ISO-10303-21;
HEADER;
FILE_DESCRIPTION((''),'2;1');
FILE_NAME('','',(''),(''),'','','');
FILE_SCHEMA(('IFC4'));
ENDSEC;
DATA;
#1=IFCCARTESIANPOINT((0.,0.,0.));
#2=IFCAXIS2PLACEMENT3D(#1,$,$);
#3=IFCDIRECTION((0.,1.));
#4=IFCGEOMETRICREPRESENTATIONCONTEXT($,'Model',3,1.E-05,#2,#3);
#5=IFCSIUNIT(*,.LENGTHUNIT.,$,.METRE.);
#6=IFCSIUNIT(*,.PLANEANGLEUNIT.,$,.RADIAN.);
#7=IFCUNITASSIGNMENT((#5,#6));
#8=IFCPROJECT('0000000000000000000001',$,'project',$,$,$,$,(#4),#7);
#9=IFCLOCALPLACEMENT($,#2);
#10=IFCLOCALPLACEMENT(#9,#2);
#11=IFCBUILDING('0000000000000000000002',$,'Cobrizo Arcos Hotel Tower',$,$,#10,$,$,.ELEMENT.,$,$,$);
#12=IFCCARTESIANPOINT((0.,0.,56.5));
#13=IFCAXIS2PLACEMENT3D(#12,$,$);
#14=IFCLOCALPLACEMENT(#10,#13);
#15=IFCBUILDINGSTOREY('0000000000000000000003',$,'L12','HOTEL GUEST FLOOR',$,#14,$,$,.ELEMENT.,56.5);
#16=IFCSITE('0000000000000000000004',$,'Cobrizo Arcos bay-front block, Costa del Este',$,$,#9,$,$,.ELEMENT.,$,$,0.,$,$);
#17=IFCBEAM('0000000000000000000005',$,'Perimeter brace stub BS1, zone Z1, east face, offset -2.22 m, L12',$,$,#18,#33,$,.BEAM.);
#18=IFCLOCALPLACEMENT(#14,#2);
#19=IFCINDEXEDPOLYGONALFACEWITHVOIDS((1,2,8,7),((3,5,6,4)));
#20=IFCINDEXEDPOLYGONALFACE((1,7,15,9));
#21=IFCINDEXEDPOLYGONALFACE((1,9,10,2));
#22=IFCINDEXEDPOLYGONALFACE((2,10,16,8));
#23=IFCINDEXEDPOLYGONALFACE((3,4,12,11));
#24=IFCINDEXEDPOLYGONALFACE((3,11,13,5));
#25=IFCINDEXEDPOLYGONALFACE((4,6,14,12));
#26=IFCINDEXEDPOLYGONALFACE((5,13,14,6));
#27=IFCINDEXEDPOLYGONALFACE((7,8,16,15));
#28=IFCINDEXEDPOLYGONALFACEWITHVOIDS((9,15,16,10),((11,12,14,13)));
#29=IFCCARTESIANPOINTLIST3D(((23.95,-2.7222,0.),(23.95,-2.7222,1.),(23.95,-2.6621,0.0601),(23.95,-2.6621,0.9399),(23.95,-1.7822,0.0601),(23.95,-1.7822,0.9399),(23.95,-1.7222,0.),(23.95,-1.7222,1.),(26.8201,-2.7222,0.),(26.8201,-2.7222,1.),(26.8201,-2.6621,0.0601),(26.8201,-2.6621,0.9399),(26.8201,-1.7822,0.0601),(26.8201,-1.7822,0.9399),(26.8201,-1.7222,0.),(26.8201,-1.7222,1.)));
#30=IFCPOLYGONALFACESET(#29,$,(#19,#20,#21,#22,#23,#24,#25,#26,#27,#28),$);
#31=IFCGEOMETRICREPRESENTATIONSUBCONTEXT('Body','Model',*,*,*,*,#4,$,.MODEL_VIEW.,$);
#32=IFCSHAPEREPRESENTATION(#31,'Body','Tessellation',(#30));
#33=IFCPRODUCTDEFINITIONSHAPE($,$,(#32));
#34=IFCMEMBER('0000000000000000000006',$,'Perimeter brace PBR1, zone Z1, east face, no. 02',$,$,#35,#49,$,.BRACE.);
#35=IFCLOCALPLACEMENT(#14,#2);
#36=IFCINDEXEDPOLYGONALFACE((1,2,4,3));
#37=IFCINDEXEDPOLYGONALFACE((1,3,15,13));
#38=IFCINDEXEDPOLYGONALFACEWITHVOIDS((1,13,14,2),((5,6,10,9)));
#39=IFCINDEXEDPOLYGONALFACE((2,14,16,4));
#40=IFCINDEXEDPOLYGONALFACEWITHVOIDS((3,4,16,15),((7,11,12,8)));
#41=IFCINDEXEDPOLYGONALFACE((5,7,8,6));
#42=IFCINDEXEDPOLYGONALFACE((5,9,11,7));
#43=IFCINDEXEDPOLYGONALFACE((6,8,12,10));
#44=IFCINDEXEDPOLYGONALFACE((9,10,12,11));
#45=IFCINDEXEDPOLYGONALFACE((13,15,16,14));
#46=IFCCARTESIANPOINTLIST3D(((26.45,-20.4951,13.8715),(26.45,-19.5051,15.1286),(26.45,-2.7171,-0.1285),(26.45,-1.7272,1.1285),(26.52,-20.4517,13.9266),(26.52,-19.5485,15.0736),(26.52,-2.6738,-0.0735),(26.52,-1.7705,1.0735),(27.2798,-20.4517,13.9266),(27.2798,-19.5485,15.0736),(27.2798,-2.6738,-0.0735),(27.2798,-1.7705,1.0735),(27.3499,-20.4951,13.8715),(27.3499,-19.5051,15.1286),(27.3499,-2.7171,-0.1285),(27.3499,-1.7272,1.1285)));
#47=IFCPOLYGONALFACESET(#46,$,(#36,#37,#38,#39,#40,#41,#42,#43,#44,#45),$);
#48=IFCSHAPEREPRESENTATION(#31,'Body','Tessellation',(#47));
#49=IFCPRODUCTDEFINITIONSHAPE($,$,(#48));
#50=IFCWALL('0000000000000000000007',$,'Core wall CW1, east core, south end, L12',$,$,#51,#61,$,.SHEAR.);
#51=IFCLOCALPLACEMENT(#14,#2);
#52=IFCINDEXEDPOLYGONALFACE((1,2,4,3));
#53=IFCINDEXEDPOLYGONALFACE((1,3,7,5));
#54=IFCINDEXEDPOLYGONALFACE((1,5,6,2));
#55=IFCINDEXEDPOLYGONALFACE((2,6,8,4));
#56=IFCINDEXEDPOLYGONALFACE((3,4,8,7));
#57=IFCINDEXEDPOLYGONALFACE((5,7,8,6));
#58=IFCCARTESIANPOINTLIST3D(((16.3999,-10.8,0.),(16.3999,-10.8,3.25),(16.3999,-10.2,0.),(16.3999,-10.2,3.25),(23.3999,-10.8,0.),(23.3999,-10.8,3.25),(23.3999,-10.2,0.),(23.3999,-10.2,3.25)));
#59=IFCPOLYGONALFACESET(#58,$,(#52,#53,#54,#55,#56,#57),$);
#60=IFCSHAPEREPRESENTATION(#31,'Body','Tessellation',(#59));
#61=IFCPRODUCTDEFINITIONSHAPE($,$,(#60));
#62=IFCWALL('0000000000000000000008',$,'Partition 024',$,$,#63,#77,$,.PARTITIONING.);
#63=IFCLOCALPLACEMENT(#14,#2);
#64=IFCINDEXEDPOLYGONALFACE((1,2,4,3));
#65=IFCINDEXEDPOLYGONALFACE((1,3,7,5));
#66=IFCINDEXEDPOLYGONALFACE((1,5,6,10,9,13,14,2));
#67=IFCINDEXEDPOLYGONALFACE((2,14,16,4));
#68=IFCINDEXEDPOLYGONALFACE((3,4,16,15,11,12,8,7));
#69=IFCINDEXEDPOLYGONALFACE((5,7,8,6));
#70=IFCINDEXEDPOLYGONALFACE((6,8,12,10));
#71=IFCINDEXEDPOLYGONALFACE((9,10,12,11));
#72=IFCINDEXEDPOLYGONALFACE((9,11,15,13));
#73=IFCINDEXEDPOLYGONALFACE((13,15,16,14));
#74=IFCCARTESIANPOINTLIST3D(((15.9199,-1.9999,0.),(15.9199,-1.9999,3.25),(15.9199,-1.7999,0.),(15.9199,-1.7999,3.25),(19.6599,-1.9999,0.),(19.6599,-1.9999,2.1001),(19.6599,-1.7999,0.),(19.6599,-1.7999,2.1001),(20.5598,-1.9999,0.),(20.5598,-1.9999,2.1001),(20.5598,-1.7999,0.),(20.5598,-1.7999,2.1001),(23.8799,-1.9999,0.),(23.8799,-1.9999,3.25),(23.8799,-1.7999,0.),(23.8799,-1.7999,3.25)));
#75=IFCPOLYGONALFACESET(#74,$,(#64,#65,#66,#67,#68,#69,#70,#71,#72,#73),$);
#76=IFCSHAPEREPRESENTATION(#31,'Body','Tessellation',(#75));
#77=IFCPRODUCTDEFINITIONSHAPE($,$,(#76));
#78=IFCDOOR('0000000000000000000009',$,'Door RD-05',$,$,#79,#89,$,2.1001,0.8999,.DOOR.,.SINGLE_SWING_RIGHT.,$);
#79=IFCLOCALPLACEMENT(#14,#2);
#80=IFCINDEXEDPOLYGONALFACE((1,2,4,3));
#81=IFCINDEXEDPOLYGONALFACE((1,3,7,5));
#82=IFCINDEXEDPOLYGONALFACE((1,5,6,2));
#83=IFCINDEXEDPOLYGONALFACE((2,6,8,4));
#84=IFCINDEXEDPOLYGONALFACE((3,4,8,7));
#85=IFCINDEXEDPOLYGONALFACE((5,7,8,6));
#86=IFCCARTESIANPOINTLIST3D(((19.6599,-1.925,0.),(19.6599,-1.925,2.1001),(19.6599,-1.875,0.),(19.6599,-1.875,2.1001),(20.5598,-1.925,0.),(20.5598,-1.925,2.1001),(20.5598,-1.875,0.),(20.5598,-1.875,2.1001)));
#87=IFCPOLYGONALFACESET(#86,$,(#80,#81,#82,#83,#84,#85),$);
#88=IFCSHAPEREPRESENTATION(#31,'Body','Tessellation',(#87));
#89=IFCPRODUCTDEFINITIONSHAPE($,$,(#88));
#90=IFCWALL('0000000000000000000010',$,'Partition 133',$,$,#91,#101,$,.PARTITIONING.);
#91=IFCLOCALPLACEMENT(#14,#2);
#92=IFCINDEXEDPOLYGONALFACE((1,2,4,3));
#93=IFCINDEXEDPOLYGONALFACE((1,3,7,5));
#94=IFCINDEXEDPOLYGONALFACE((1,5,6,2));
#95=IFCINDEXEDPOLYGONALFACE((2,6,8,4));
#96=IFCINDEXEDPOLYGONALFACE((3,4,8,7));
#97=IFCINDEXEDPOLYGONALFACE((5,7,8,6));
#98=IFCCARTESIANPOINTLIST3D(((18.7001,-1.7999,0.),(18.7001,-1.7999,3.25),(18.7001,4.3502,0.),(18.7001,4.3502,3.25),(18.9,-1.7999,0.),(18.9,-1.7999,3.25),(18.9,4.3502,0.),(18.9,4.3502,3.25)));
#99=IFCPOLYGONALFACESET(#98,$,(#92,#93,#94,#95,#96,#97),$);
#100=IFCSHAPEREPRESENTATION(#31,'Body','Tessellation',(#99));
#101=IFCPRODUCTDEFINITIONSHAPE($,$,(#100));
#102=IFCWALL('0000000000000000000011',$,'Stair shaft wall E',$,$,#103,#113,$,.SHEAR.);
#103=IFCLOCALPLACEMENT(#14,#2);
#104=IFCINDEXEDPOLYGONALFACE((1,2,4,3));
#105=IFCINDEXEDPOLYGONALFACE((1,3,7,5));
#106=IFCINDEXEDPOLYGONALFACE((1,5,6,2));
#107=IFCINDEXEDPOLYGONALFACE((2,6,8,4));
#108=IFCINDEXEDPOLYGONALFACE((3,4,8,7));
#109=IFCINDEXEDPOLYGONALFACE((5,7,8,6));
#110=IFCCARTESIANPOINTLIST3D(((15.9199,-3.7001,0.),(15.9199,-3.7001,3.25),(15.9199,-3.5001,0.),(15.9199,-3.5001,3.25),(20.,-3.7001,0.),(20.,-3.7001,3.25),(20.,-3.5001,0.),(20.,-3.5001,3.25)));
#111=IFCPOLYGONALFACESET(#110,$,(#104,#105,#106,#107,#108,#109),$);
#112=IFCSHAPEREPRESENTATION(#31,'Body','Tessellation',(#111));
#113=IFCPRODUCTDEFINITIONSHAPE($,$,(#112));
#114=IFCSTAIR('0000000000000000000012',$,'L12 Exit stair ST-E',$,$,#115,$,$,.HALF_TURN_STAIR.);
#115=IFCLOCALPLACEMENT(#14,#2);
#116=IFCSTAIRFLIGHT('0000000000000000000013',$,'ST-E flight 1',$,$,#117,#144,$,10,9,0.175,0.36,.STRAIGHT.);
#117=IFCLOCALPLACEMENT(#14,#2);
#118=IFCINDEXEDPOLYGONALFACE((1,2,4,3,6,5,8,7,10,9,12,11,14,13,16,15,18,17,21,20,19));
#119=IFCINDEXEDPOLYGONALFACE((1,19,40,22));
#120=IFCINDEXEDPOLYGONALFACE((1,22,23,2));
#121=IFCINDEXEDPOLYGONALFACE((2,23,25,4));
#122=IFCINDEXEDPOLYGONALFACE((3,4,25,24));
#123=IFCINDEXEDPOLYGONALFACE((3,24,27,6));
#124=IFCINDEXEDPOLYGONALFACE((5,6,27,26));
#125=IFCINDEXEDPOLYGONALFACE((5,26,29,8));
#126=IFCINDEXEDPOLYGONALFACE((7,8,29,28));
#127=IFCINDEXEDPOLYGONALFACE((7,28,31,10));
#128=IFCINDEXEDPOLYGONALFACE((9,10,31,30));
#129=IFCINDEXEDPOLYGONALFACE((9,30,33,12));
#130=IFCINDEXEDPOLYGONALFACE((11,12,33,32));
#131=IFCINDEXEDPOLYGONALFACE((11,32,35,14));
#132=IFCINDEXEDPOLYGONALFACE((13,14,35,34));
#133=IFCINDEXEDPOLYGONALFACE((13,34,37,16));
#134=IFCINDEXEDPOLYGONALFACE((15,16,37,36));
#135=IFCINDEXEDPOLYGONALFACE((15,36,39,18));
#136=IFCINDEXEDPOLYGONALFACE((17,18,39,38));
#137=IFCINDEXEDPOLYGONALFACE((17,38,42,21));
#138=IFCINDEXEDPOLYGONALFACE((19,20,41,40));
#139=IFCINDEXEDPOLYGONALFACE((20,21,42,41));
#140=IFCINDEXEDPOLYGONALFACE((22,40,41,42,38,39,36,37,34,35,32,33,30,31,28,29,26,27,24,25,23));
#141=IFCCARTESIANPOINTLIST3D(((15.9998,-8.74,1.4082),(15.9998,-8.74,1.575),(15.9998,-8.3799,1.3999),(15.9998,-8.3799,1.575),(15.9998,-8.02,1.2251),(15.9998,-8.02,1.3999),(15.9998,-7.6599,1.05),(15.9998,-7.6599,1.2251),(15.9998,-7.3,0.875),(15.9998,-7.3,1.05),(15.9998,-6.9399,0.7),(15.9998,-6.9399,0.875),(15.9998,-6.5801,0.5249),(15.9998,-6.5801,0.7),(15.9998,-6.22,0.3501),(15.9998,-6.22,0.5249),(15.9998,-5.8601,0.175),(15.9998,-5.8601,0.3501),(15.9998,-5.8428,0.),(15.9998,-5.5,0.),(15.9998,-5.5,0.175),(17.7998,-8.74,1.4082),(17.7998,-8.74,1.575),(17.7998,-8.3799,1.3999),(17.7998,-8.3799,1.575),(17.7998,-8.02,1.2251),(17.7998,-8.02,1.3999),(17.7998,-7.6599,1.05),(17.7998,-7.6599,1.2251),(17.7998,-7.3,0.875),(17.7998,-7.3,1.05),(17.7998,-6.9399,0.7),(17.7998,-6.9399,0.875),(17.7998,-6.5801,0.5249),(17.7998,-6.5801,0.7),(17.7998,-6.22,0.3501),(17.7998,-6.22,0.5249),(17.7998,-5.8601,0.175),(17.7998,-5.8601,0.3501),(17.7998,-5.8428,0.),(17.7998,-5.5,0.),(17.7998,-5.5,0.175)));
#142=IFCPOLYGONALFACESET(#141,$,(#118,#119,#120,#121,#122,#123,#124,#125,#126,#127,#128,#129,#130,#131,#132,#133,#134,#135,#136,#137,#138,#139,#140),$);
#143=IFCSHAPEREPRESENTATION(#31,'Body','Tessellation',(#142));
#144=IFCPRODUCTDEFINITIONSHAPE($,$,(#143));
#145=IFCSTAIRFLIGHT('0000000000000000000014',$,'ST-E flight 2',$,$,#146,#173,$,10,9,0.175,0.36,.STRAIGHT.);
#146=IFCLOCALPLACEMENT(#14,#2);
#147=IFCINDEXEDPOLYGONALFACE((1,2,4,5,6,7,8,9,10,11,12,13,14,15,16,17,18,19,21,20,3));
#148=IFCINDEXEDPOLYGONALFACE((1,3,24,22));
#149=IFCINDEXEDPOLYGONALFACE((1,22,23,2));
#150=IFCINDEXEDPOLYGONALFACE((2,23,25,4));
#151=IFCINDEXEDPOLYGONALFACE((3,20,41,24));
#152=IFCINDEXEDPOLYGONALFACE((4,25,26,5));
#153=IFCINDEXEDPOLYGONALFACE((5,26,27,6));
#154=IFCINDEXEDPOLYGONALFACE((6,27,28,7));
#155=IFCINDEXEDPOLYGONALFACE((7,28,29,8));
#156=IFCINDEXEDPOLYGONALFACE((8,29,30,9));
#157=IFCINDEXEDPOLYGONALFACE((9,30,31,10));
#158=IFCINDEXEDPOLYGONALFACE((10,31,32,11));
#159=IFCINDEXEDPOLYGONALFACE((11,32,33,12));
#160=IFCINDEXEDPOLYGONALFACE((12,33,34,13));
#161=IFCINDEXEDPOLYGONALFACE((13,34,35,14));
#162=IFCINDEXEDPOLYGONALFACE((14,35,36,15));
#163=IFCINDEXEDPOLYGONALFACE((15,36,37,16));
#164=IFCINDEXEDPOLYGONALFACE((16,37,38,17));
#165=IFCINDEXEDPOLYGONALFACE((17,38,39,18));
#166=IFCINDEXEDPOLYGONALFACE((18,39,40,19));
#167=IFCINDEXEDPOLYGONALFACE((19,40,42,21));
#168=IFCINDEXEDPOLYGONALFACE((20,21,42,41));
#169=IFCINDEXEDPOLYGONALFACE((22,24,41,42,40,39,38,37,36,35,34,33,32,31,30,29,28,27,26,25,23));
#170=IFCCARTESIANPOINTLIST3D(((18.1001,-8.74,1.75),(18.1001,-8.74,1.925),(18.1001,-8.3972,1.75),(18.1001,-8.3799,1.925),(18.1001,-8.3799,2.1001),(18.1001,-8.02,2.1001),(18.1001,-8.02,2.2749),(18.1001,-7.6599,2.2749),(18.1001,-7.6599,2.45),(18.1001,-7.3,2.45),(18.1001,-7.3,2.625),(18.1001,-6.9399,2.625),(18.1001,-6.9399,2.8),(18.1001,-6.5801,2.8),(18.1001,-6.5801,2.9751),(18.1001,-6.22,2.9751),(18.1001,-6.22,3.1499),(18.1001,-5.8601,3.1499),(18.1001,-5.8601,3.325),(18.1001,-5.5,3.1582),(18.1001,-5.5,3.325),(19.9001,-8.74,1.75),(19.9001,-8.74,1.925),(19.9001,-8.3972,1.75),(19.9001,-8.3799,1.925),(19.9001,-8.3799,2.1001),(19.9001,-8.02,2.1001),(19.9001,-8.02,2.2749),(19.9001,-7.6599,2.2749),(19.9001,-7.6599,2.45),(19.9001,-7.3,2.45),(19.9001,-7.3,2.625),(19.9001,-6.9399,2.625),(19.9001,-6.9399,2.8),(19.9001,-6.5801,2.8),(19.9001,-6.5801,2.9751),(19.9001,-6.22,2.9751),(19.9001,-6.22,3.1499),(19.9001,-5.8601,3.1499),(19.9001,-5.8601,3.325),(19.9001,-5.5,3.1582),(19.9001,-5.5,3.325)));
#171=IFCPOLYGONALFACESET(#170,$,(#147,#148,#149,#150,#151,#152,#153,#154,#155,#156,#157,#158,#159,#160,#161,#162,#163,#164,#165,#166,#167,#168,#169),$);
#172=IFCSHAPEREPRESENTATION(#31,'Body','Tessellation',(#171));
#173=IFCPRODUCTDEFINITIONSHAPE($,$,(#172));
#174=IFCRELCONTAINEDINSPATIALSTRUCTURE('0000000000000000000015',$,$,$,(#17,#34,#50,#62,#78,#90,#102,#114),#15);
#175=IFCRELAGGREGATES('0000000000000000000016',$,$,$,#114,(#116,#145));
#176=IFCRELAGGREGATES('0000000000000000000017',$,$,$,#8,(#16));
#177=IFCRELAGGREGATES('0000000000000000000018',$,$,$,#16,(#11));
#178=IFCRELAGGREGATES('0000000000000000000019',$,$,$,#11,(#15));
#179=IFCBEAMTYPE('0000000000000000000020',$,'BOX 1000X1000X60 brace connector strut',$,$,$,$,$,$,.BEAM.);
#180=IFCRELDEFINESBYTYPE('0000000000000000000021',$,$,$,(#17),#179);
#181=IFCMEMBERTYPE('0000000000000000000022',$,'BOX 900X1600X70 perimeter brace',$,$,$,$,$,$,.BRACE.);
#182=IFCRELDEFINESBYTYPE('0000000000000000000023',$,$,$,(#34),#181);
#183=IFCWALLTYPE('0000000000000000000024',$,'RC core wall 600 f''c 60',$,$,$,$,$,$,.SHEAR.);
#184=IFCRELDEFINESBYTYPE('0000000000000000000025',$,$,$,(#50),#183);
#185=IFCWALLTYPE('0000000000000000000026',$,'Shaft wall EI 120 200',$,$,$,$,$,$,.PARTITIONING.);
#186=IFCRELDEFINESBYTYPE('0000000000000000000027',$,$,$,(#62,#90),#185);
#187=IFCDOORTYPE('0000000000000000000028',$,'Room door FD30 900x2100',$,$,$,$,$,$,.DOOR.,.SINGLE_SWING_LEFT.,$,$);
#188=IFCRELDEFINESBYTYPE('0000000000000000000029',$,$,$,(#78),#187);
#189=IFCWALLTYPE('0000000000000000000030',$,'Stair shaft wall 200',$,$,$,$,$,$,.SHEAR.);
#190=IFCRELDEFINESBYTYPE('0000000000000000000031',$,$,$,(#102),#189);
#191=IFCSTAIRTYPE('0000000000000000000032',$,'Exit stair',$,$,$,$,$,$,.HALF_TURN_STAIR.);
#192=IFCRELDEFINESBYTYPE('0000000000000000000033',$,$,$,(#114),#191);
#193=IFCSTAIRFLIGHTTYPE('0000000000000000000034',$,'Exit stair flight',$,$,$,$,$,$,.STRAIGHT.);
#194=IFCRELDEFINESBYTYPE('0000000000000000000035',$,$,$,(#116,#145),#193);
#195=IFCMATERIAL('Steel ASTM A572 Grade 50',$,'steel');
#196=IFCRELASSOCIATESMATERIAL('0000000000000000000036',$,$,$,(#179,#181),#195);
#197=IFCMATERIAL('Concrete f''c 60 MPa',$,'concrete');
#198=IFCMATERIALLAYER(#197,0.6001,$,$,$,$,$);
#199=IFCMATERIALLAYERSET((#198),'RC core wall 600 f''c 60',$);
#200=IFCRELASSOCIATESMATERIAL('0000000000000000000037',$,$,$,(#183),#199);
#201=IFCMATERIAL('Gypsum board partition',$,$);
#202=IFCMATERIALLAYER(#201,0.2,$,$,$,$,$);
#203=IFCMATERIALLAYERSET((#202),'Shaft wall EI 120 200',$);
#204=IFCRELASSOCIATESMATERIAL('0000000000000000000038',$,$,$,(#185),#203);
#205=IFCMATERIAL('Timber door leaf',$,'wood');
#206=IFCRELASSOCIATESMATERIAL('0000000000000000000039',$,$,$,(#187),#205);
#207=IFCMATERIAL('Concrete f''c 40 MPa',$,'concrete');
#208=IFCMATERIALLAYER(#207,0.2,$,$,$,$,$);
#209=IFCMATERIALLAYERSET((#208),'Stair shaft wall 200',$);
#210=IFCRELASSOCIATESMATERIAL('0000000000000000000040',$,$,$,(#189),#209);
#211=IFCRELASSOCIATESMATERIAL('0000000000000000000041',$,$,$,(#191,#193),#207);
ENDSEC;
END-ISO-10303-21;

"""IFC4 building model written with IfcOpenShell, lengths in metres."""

from ifc_helpers import new_model, si_unit, direction, frame, frame_2d, origin, origin_2d, place, context, subcontext, project, spatial, polyline, rectangle, hollow_rectangle, outline, extrude, material, layer, layer_set, material_profile, profile_set, type_object, element, fill, aggregate, save


model = new_model("IFC4")

# Units and contexts
model_context = context("Model", 3, precision=1e-05, world=origin(), true_north=direction((0.0, 1.0)))
body_context = subcontext(model_context, "Body", "Model", "MODEL_VIEW")
ifc_project = project(units=[si_unit("LENGTHUNIT", "METRE"), si_unit("PLANEANGLEUNIT", "RADIAN")], contexts=[model_context])

# Site, building, storey
site_placement = place(None, origin())
site = spatial("IfcSite", under=ifc_project, at=site_placement, Name="Cobrizo Arcos bay-front block, Costa del Este", CompositionType="ELEMENT", RefElevation=0.0)
building_placement = place(site_placement, origin())
building = spatial("IfcBuilding", under=site, at=building_placement, Name="Cobrizo Arcos Hotel Tower", CompositionType="ELEMENT")
storey_placement = place(building_placement, frame((0.0, 0.0, 56.5)))
storey = spatial("IfcBuildingStorey", under=building, at=storey_placement, Name="L12", Description="HOTEL GUEST FLOOR", CompositionType="ELEMENT", Elevation=56.5)

# Beam
ifc_material_1 = material(Name="Steel ASTM A572 Grade 50", Category="steel")
ifc_material_profile_1 = material_profile(ifc_material_1, hollow_rectangle(XDim=1.0, YDim=1.0, WallThickness=0.0601, at=origin_2d()), Name="BOX 1000X1000X60")
ifc_profile_set_1 = profile_set([ifc_material_profile_1], Name="Steel ASTM A572 Grade 50")
beam_type = type_object("IfcBeamType", Name="BOX 1000X1000X60 brace connector strut", PredefinedType="BEAM", material=ifc_profile_set_1)
beam_placement = place(storey_placement, frame((23.95, -2.2222, 0.5), z_axis=(1.0, 0.0, 0.0), x_axis=(0.0, 1.0, 0.0)))
element("IfcBeam", 1, at=beam_placement, inside=storey, type_object=beam_type, Name="Perimeter brace stub BS1, zone Z1, east face, offset -2.22 m, L12", PredefinedType="BEAM", context=body_context, shape_type="SweptSolid", body=[
    extrude(hollow_rectangle(XDim=1.0, YDim=1.0, WallThickness=0.0601, at=origin_2d()), origin(), (0.0, 0.0, 1.0), 2.8701),
])

# Member
ifc_material_profile_2 = material_profile(ifc_material_1, hollow_rectangle(XDim=0.8999, YDim=1.6001, WallThickness=0.0701, at=origin_2d()), Name="BOX 900X1600X70")
ifc_profile_set_2 = profile_set([ifc_material_profile_2], Name="Steel ASTM A572 Grade 50")
member_type = type_object("IfcMemberType", Name="BOX 900X1600X70 perimeter brace", PredefinedType="BRACE", material=ifc_profile_set_2)
member_placement = place(storey_placement, frame((26.8999, -2.2222, 0.5), z_axis=(0.0, -0.785637, 0.618687), x_axis=(1.0, 0.0, 0.0)))
element("IfcMember", 2, at=member_placement, inside=storey, type_object=member_type, Name="Perimeter brace PBR1, zone Z1, east face, no. 02", PredefinedType="BRACE", context=body_context, shape_type="SweptSolid", body=[
    extrude(hollow_rectangle(XDim=0.8999, YDim=1.6001, WallThickness=0.0701, at=origin_2d()), origin(), (0.0, 0.0, 1.0), 22.6287),
])

# Wall
ifc_material_2 = material(Name="Concrete f'c 60 MPa", Category="concrete")
ifc_layer_1 = layer(ifc_material_2, 0.6001)
ifc_layer_set_1 = layer_set([ifc_layer_1], Name="RC core wall 600 f'c 60")
wall_type_1 = type_object("IfcWallType", Name="RC core wall 600 f'c 60", PredefinedType="SHEAR", material=ifc_layer_set_1)
wall_1_placement = place(storey_placement, frame((16.3999, -10.5, 0.0), z_axis=(0.0, 0.0, 1.0), x_axis=(1.0, 0.0, 0.0)))
element("IfcWall", 3, at=wall_1_placement, inside=storey, type_object=wall_type_1, Name="Core wall CW1, east core, south end, L12", PredefinedType="SHEAR", context=body_context, shape_type="SweptSolid", body=[
    extrude(rectangle(XDim=7.0, YDim=0.6001, at=frame_2d((3.5, 0.0))), origin(), (0.0, 0.0, 1.0), 3.25),
])

# Wall, opening, door
ifc_material_3 = material(Name="Gypsum board partition")
ifc_layer_2 = layer(ifc_material_3, 0.2)
ifc_layer_set_2 = layer_set([ifc_layer_2], Name="Shaft wall EI 120 200")
wall_type_2 = type_object("IfcWallType", Name="Shaft wall EI 120 200", PredefinedType="PARTITIONING", material=ifc_layer_set_2)
wall_2_placement = place(storey_placement, frame((15.9199, -1.8999, 0.0), z_axis=(0.0, 0.0, 1.0), x_axis=(1.0, 0.0, 0.0)))
wall_2 = element("IfcWall", 4, at=wall_2_placement, inside=storey, type_object=wall_type_2, Name="Partition 024", PredefinedType="PARTITIONING", context=body_context, shape_type="SweptSolid", body=[
    extrude(rectangle(XDim=7.96, YDim=0.2, at=frame_2d((3.98, 0.0))), origin(), (0.0, 0.0, 1.0), 3.25),
])
opening_placement = place(wall_2_placement, frame((3.74, 0.0, 0.0)))
opening = element("IfcOpeningElement", 5, at=opening_placement, cuts=wall_2, PredefinedType="OPENING", context=body_context, shape_type="SweptSolid", body=[
    extrude(rectangle(XDim=0.8999, YDim=2.1001, at=frame_2d((0.45, 1.05))), frame((0.0, 0.1121, 0.0), z_axis=(0.0, -1.0, 0.0), x_axis=(1.0, 0.0, 0.0)), (0.0, 0.0, 1.0), 0.2239),
])
ifc_material_4 = material(Name="Timber door leaf", Category="wood")
door_type = type_object("IfcDoorType", Name="Room door FD30 900x2100", OperationType="SINGLE_SWING_LEFT", PredefinedType="DOOR", material=ifc_material_4)
door_placement = place(opening_placement, origin())
door = element("IfcDoor", 6, at=door_placement, inside=storey, type_object=door_type, Name="Door RD-05", OperationType="SINGLE_SWING_RIGHT", OverallHeight=2.1001, OverallWidth=0.8999, PredefinedType="DOOR", context=body_context, shape_type="SweptSolid", body=[
    extrude(rectangle(XDim=0.8999, YDim=2.1001, at=frame_2d((0.45, 1.05))), frame((0.0, 0.0249, 0.0), z_axis=(0.0, -1.0, 0.0), x_axis=(1.0, 0.0, 0.0)), (0.0, 0.0, 1.0), 0.05),
])
fill(opening, door)

# Walls
wall_3_placement = place(storey_placement, frame((18.8, -1.8, 0.0), z_axis=(0.0, 0.0, 1.0), x_axis=(0.0, 1.0, 0.0)))
element("IfcWall", 7, at=wall_3_placement, inside=storey, type_object=wall_type_2, Name="Partition 133", PredefinedType="PARTITIONING", context=body_context, shape_type="SweptSolid", body=[
    extrude(rectangle(XDim=6.1501, YDim=0.2, at=frame_2d((3.0752, 0.0))), origin(), (0.0, 0.0, 1.0), 3.25),
])
ifc_material_5 = material(Name="Concrete f'c 40 MPa", Category="concrete")
ifc_layer_3 = layer(ifc_material_5, 0.2)
ifc_layer_set_3 = layer_set([ifc_layer_3], Name="Stair shaft wall 200")
wall_type_3 = type_object("IfcWallType", Name="Stair shaft wall 200", PredefinedType="SHEAR", material=ifc_layer_set_3)
wall_4_placement = place(storey_placement, frame((15.9199, -3.6001, 0.0), z_axis=(0.0, 0.0, 1.0), x_axis=(1.0, 0.0, 0.0)))
element("IfcWall", 8, at=wall_4_placement, inside=storey, type_object=wall_type_3, Name="Stair shaft wall E", PredefinedType="SHEAR", context=body_context, shape_type="SweptSolid", body=[
    extrude(rectangle(XDim=4.0801, YDim=0.2, at=frame_2d((2.04, 0.0))), origin(), (0.0, 0.0, 1.0), 3.25),
])

# Stair, stair flights
stair_type = type_object("IfcStairType", Name="Exit stair", PredefinedType="HALF_TURN_STAIR", material=ifc_material_5)
stair_placement = place(storey_placement, origin())
stair = element("IfcStair", 9, at=stair_placement, inside=storey, type_object=stair_type, Name="L12 Exit stair ST-E", PredefinedType="HALF_TURN_STAIR")
stair_flight_type = type_object("IfcStairFlightType", Name="Exit stair flight", PredefinedType="STRAIGHT", material=ifc_material_5)
stair_flight_1_placement = place(storey_placement, frame((16.8999, -5.5, 0.0), z_axis=(0.0, 0.0, 1.0), x_axis=(0.0, -1.0, 0.0)))
stair_flight_1 = element("IfcStairFlight", 10, at=stair_flight_1_placement, type_object=stair_flight_type, Name="ST-E flight 1", NumberOfRisers=10, NumberOfTreads=9, PredefinedType="STRAIGHT", RiserHeight=0.175, TreadLength=0.36, context=body_context, shape_type="SweptSolid", body=[
    extrude(outline(polyline([(0.0, 0.0), (0.0, 0.175), (0.3601, 0.175), (0.3601, 0.3501), (0.72, 0.3501), (0.72, 0.5249), (1.0801, 0.5249), (1.0801, 0.7), (1.4399, 0.7), (1.4399, 0.875), (1.8, 0.875), (1.8, 1.05), (2.1599, 1.05), (2.1599, 1.2251), (2.52, 1.2251), (2.52, 1.3999), (2.8799, 1.3999), (2.8799, 1.575), (3.24, 1.575), (3.24, 1.75), (3.24, 1.4082), (0.3428, 0.0), (0.0, 0.0)])), frame((0.0, 0.8999, 0.0), z_axis=(0.0, -1.0, 0.0), x_axis=(1.0, 0.0, 0.0)), (0.0, 0.0, 1.0), 1.8),
])
stair_flight_2_placement = place(storey_placement, frame((19.0, -8.74, 1.75), z_axis=(0.0, 0.0, 1.0), x_axis=(0.0, 1.0, 0.0)))
stair_flight_2 = element("IfcStairFlight", 11, at=stair_flight_2_placement, type_object=stair_flight_type, Name="ST-E flight 2", NumberOfRisers=10, NumberOfTreads=9, PredefinedType="STRAIGHT", RiserHeight=0.175, TreadLength=0.36, context=body_context, shape_type="SweptSolid", body=[
    extrude(outline(polyline([(0.0, 0.0), (0.0, 0.175), (0.3601, 0.175), (0.3601, 0.3501), (0.72, 0.3501), (0.72, 0.5249), (1.0801, 0.5249), (1.0801, 0.7), (1.4399, 0.7), (1.4399, 0.875), (1.8, 0.875), (1.8, 1.05), (2.1599, 1.05), (2.1599, 1.2251), (2.52, 1.2251), (2.52, 1.3999), (2.8799, 1.3999), (2.8799, 1.575), (3.24, 1.575), (3.24, 1.75), (3.24, 1.4082), (0.3428, 0.0), (0.0, 0.0)])), frame((0.0, 0.8999, 0.0), z_axis=(0.0, -1.0, 0.0), x_axis=(1.0, 0.0, 0.0)), (0.0, 0.0, 1.0), 1.8),
])
aggregate(stair, [stair_flight_1, stair_flight_2])

save(model, "model.ifc")
